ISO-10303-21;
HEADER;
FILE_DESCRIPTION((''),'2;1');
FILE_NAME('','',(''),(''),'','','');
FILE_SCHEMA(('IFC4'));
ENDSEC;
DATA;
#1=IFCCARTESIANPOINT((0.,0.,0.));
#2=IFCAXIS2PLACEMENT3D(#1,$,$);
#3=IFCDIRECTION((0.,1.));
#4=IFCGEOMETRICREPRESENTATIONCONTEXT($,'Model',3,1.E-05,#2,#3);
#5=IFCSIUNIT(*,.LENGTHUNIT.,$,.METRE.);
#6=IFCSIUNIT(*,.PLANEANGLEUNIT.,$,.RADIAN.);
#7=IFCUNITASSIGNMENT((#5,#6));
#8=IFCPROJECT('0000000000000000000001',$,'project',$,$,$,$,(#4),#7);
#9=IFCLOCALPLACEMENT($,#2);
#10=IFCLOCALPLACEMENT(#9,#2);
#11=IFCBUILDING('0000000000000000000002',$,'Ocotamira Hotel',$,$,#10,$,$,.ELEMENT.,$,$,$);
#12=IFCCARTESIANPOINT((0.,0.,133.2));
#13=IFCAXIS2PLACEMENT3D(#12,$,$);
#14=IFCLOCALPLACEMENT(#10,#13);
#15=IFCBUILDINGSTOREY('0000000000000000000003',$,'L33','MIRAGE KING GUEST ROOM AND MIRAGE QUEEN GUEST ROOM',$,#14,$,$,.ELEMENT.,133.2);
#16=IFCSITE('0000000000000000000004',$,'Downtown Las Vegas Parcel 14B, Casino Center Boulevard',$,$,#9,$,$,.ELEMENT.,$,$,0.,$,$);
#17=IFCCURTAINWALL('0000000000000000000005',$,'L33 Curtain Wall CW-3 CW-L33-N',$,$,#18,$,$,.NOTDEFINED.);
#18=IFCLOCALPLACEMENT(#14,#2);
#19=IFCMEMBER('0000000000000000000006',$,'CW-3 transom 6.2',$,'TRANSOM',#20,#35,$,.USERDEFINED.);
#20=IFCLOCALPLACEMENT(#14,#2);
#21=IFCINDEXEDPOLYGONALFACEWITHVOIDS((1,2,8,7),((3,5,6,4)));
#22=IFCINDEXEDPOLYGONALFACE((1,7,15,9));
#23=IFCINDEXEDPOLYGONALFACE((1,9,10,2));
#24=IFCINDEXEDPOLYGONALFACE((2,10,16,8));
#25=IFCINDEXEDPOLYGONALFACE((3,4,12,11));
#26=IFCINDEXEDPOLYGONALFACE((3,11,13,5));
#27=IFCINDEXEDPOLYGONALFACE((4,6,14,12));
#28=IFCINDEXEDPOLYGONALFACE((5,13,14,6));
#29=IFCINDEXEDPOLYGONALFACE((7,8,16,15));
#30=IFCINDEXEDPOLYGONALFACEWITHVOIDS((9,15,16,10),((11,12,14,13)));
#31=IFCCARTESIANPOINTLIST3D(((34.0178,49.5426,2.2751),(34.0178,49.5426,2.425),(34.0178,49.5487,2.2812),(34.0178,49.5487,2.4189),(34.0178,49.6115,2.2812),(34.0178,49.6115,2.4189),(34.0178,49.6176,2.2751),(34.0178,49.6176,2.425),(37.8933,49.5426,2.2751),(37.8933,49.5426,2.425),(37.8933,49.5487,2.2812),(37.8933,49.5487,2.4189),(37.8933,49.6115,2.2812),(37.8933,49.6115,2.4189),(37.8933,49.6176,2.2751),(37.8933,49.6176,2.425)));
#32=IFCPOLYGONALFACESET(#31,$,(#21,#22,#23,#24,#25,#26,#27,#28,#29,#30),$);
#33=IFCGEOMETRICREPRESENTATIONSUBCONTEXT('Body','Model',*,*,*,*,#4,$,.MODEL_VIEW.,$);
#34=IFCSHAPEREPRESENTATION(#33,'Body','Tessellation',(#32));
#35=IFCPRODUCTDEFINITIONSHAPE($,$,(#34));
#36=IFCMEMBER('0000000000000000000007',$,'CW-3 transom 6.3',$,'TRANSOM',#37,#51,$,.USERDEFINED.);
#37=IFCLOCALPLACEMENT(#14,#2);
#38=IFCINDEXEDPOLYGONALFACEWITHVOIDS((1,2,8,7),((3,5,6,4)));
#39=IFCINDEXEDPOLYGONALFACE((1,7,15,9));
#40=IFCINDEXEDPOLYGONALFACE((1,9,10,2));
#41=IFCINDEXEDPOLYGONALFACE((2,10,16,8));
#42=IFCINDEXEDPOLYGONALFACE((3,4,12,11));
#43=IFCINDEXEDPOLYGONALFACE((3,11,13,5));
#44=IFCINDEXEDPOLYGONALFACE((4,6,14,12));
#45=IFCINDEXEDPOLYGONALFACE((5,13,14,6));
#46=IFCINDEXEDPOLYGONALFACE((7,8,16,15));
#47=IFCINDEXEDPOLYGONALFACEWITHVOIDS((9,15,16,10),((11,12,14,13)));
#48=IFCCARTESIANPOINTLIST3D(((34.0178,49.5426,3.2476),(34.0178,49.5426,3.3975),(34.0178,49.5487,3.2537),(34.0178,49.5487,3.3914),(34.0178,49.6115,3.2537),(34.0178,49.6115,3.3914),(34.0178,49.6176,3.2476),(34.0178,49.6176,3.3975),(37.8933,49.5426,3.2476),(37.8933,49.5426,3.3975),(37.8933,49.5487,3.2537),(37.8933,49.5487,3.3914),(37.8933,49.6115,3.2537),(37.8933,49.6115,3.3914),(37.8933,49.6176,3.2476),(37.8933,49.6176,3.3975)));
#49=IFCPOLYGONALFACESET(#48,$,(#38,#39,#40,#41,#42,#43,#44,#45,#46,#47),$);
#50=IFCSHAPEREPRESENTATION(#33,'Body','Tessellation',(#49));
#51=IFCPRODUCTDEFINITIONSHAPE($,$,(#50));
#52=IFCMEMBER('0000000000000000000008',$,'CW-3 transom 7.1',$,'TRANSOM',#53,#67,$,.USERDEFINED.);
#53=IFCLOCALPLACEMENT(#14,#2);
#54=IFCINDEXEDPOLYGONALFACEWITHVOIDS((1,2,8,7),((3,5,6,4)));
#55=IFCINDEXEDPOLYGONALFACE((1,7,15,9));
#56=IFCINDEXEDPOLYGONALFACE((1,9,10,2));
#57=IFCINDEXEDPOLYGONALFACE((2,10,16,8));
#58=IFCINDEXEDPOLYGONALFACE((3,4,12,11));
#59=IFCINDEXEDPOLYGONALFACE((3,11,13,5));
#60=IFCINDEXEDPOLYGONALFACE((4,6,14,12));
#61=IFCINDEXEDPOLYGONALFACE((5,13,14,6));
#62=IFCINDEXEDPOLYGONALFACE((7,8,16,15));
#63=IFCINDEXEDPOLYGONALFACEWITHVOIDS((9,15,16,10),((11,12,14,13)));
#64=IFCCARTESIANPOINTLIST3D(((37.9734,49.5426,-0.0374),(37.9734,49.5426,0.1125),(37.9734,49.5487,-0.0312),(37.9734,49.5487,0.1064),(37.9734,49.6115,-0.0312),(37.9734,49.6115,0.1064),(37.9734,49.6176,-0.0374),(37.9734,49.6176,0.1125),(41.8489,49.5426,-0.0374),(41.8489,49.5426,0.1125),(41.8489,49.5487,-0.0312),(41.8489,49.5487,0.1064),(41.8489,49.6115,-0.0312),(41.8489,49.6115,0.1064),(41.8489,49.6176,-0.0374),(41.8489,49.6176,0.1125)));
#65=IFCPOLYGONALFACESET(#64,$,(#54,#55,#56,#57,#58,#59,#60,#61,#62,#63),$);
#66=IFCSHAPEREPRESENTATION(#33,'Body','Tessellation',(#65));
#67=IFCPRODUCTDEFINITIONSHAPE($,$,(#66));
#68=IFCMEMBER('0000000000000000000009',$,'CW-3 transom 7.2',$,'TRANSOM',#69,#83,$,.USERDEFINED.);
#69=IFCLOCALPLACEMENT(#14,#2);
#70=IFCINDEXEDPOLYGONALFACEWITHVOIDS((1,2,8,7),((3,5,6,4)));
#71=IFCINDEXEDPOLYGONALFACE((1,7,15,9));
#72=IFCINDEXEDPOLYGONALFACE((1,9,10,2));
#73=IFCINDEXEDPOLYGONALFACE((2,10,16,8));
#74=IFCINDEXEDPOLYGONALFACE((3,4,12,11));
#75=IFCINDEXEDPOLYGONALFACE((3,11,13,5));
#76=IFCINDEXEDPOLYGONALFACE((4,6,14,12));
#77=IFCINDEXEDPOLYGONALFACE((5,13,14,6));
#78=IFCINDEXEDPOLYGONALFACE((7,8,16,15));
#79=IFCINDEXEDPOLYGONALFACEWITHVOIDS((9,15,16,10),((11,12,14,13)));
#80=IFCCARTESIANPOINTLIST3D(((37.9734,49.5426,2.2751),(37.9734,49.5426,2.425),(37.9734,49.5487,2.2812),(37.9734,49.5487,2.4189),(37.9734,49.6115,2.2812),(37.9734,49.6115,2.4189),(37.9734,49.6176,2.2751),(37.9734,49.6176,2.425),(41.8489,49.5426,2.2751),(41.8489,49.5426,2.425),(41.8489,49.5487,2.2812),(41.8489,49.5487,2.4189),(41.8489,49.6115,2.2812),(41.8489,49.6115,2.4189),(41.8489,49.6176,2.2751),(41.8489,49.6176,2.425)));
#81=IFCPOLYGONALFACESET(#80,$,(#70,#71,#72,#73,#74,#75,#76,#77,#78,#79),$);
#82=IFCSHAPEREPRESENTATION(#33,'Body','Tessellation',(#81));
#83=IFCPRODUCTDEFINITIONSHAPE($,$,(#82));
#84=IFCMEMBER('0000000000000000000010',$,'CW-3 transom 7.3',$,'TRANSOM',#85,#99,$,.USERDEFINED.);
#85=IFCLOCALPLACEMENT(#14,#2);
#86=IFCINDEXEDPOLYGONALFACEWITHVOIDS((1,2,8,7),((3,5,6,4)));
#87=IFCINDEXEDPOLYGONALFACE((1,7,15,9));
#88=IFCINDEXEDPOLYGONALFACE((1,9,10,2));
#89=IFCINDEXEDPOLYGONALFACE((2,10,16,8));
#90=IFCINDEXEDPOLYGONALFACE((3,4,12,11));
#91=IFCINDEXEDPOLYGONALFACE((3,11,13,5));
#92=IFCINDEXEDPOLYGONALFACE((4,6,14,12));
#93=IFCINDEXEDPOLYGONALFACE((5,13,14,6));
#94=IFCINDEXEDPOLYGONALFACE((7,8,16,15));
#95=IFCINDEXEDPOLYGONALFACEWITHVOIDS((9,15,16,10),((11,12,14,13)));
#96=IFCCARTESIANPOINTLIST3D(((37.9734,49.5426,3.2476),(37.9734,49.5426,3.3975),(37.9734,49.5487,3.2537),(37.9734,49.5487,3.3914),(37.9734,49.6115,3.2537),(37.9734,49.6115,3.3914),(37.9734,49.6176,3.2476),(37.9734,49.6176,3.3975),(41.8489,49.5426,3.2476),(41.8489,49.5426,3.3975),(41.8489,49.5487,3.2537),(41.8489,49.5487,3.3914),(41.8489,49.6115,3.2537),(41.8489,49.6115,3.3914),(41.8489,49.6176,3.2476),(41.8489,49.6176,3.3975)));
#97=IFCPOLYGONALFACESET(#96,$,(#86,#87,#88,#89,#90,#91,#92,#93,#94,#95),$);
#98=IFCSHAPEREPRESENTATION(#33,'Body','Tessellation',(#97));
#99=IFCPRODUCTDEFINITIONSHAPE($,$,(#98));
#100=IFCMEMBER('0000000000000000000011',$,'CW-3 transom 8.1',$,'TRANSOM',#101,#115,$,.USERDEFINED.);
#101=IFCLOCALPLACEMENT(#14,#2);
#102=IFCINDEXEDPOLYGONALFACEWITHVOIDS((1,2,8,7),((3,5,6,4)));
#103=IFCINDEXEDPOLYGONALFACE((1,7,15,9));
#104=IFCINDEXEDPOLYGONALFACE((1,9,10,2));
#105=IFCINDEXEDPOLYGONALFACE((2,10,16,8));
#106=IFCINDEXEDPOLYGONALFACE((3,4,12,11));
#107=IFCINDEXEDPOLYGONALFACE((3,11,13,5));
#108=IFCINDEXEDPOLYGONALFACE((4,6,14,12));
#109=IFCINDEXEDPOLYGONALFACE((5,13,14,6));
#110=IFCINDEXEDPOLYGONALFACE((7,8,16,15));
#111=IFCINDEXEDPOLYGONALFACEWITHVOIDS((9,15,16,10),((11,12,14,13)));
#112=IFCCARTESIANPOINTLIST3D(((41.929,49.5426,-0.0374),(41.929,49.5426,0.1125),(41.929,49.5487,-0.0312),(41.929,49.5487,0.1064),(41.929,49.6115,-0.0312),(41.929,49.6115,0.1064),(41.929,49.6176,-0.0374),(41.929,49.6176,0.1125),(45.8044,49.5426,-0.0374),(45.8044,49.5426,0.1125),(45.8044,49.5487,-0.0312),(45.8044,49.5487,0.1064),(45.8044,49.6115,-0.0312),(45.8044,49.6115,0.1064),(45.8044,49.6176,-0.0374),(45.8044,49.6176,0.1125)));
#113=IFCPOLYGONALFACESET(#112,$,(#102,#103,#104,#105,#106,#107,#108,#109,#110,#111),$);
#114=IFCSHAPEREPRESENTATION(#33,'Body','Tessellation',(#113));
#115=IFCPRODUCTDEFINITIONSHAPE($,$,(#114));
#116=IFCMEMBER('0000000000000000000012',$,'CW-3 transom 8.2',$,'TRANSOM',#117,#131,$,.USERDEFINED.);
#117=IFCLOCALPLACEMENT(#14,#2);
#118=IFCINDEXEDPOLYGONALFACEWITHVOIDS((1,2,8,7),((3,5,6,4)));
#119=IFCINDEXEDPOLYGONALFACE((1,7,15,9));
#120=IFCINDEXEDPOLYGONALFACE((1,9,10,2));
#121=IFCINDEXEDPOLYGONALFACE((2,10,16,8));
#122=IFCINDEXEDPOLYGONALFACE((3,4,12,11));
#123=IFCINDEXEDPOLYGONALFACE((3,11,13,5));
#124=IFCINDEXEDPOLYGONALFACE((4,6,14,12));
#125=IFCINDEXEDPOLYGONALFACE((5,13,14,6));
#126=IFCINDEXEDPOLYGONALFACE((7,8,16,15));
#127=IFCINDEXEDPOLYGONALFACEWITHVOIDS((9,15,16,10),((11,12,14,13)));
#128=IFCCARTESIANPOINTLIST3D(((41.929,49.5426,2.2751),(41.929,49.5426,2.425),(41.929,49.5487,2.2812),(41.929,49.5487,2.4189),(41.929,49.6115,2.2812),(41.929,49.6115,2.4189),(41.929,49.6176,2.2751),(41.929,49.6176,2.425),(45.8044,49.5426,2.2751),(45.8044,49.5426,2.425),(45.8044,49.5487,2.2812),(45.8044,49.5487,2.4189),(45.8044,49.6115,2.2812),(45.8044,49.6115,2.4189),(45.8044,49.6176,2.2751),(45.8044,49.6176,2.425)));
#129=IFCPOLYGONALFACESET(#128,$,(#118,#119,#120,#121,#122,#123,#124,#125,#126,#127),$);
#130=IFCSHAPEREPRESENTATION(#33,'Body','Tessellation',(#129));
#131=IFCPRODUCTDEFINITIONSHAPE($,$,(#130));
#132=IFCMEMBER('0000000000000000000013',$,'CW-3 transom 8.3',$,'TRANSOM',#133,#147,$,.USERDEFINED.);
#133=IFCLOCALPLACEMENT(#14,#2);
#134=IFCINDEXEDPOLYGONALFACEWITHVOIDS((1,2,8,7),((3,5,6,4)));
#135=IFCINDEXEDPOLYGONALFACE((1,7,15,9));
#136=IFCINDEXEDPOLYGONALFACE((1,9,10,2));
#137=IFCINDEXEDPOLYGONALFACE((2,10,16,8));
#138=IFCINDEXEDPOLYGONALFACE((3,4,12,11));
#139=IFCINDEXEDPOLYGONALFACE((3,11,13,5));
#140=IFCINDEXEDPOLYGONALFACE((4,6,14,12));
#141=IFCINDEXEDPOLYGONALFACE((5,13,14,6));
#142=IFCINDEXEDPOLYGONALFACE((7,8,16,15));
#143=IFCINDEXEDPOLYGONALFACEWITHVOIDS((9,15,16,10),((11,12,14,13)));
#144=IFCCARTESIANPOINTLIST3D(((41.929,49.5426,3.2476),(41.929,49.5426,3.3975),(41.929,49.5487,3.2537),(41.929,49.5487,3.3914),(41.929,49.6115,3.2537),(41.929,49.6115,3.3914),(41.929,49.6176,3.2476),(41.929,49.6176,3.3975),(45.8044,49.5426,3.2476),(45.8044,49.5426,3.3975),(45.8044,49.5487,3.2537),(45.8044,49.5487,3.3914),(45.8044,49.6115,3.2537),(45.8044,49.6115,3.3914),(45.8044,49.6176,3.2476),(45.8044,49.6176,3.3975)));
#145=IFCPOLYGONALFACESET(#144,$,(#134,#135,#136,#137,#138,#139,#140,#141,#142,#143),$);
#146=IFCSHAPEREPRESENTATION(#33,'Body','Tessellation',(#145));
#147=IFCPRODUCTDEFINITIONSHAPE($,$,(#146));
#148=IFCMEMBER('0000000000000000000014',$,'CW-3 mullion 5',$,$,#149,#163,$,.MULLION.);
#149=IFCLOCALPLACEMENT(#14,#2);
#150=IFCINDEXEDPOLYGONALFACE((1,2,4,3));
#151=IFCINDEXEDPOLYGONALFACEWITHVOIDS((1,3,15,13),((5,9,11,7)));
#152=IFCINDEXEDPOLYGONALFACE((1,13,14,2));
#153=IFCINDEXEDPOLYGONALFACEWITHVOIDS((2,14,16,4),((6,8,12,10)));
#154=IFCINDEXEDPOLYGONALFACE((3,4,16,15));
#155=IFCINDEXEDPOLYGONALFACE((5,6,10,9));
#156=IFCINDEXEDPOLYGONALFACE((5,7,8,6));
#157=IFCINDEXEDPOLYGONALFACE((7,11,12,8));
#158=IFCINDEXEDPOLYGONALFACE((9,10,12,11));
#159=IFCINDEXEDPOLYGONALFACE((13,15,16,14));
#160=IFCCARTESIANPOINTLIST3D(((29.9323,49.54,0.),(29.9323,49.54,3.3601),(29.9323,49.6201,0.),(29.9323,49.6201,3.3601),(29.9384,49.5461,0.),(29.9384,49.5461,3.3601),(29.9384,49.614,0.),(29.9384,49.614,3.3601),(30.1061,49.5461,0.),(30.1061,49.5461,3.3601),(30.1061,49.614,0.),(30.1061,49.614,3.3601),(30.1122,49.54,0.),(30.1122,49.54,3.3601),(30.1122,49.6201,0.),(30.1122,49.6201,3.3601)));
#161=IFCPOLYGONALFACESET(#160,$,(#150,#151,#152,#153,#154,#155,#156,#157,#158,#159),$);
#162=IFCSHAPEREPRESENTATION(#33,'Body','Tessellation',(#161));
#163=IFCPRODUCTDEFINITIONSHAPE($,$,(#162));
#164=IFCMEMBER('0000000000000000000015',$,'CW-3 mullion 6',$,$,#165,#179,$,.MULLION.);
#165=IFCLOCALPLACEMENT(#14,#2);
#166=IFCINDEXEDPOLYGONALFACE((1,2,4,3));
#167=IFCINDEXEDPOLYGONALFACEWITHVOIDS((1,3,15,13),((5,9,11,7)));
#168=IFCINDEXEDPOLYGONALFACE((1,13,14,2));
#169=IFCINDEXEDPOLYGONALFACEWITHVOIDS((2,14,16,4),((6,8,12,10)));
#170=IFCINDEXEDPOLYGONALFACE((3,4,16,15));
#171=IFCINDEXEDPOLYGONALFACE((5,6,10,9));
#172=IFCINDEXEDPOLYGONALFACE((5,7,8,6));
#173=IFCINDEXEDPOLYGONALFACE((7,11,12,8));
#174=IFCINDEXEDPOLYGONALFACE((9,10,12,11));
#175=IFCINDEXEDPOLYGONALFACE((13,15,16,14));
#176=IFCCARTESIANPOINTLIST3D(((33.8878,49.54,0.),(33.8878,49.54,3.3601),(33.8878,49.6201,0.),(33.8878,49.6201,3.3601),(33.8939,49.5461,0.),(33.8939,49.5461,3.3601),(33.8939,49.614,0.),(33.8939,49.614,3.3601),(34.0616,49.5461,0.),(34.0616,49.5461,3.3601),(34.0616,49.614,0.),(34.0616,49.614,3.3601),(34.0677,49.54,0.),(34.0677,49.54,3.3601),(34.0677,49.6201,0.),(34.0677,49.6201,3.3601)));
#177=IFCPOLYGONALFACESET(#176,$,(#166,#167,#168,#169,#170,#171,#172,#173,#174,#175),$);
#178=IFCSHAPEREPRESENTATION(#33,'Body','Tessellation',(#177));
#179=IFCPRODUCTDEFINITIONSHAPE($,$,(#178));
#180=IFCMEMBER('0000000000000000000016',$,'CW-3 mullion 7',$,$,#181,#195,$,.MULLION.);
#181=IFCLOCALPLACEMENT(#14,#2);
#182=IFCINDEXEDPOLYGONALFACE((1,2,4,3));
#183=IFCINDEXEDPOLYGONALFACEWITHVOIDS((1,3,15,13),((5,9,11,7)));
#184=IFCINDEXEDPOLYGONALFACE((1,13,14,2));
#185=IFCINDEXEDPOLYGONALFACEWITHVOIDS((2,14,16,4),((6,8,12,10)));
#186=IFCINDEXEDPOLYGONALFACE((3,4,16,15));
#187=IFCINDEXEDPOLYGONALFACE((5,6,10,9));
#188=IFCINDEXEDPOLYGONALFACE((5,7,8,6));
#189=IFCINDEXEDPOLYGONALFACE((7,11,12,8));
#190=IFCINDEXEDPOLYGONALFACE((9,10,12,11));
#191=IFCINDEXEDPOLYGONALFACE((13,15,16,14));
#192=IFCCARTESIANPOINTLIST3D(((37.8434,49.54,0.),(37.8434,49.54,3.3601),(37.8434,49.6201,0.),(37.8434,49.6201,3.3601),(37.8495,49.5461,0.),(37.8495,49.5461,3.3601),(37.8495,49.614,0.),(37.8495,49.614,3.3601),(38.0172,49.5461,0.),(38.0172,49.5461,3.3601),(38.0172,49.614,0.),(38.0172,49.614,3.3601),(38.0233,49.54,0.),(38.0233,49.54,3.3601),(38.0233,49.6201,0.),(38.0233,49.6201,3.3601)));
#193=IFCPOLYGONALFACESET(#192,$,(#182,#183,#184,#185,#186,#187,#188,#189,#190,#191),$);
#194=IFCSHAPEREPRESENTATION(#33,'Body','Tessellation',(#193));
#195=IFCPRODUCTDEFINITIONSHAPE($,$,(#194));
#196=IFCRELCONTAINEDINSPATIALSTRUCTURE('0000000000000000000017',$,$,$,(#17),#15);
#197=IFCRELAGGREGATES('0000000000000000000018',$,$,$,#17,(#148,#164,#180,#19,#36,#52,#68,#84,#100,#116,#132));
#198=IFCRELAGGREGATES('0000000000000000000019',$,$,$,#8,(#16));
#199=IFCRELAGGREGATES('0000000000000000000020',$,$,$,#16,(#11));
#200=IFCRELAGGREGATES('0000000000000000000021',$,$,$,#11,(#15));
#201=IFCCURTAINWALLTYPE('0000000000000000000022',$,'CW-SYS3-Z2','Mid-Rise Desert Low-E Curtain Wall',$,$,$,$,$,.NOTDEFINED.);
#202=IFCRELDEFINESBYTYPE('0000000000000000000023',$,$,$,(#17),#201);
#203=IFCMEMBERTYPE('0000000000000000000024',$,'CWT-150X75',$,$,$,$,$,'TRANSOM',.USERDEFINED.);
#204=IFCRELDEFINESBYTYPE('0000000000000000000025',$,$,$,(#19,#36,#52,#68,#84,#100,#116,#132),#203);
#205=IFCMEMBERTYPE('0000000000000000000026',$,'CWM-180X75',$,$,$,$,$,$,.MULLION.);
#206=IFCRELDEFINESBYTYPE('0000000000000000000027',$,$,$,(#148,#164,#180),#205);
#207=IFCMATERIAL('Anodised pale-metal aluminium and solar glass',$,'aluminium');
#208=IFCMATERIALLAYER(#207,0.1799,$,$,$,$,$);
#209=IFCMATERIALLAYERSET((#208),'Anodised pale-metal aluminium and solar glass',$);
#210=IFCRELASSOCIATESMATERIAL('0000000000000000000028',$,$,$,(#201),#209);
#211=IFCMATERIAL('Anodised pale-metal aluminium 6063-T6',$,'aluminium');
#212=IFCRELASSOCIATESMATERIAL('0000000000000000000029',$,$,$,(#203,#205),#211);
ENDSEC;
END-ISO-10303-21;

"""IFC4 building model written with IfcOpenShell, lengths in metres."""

from ifc_helpers import new_model, si_unit, direction, frame, origin, origin_2d, place, context, subcontext, project, spatial, hollow_rectangle, extrude, source, transform, mapped, material, layer, layer_set, material_profile, profile_set, type_object, element, aggregate, save


model = new_model("IFC4")

# Units and contexts
model_context = context("Model", 3, precision=1e-05, world=origin(), true_north=direction((0.0, 1.0)))
body_context = subcontext(model_context, "Body", "Model", "MODEL_VIEW")
ifc_project = project(units=[si_unit("LENGTHUNIT", "METRE"), si_unit("PLANEANGLEUNIT", "RADIAN")], contexts=[model_context])

# Site, building, storey
site_placement = place(None, origin())
site = spatial("IfcSite", under=ifc_project, at=site_placement, Name="Downtown Las Vegas Parcel 14B, Casino Center Boulevard", CompositionType="ELEMENT", RefElevation=0.0)
building_placement = place(site_placement, origin())
building = spatial("IfcBuilding", under=site, at=building_placement, Name="Ocotamira Hotel", CompositionType="ELEMENT")
storey_placement = place(building_placement, frame((0.0, 0.0, 133.2)))
storey = spatial("IfcBuildingStorey", under=building, at=storey_placement, Name="L33", Description="MIRAGE KING GUEST ROOM AND MIRAGE QUEEN GUEST ROOM", CompositionType="ELEMENT", Elevation=133.2)

# Curtain wall, members
ifc_material_1 = material(Name="Anodised pale-metal aluminium and solar glass", Category="aluminium")
ifc_layer_1 = layer(ifc_material_1, 0.1799)
ifc_layer_set_1 = layer_set([ifc_layer_1], Name="Anodised pale-metal aluminium and solar glass")
curtain_wall_type = type_object("IfcCurtainWallType", Name="CW-SYS3-Z2", Description="Mid-Rise Desert Low-E Curtain Wall", PredefinedType="NOTDEFINED", material=ifc_layer_set_1)
curtain_wall_placement = place(storey_placement, origin())
curtain_wall = element("IfcCurtainWall", 1, at=curtain_wall_placement, inside=storey, type_object=curtain_wall_type, Name="L33 Curtain Wall CW-3 CW-L33-N", PredefinedType="NOTDEFINED")
ifc_material_2 = material(Name="Anodised pale-metal aluminium 6063-T6", Category="aluminium")
ifc_material_profile_1 = material_profile(ifc_material_2, hollow_rectangle(XDim=0.075, YDim=0.1499, WallThickness=0.0061, at=origin_2d()), Name="HSS150X75X6")
ifc_profile_set_1 = profile_set([ifc_material_profile_1], Name="Anodised pale-metal aluminium 6063-T6")
member_type_1 = type_object("IfcMemberType", Name="CWT-150X75", ElementType="TRANSOM", PredefinedType="USERDEFINED", material=ifc_profile_set_1)
shared_shape_1 = source(origin(), body_context, "Body", "SweptSolid", [
    extrude(hollow_rectangle(XDim=0.075, YDim=0.1499, WallThickness=0.0061, at=origin_2d()), origin(), (0.0, 0.0, 1.0), 3.8755),
])
member_1_placement = place(storey_placement, frame((34.0178, 49.5801, 2.3501), z_axis=(1.0, 0.0, 0.0), x_axis=(0.0, 1.0, 0.0)))
member_1 = element("IfcMember", 2, at=member_1_placement, type_object=member_type_1, Name="CW-3 transom 6.2", ObjectType="TRANSOM", PredefinedType="USERDEFINED", context=body_context, shape_type="MappedRepresentation", body=[
    mapped(shared_shape_1, transform((0.0, 0.0, 0.0), scale=1.0)),
])
member_2_placement = place(storey_placement, frame((34.0178, 49.5801, 3.3225), z_axis=(1.0, 0.0, 0.0), x_axis=(0.0, 1.0, 0.0)))
member_2 = element("IfcMember", 3, at=member_2_placement, type_object=member_type_1, Name="CW-3 transom 6.3", ObjectType="TRANSOM", PredefinedType="USERDEFINED", context=body_context, shape_type="MappedRepresentation", body=[
    mapped(shared_shape_1, transform((0.0, 0.0, 0.0), scale=1.0)),
])
member_3_placement = place(storey_placement, frame((37.9734, 49.5801, 0.0376), z_axis=(1.0, 0.0, 0.0), x_axis=(0.0, 1.0, 0.0)))
member_3 = element("IfcMember", 4, at=member_3_placement, type_object=member_type_1, Name="CW-3 transom 7.1", ObjectType="TRANSOM", PredefinedType="USERDEFINED", context=body_context, shape_type="MappedRepresentation", body=[
    mapped(shared_shape_1, transform((0.0, 0.0, 0.0), scale=1.0)),
])
member_4_placement = place(storey_placement, frame((37.9734, 49.5801, 2.3501), z_axis=(1.0, 0.0, 0.0), x_axis=(0.0, 1.0, 0.0)))
member_4 = element("IfcMember", 5, at=member_4_placement, type_object=member_type_1, Name="CW-3 transom 7.2", ObjectType="TRANSOM", PredefinedType="USERDEFINED", context=body_context, shape_type="MappedRepresentation", body=[
    mapped(shared_shape_1, transform((0.0, 0.0, 0.0), scale=1.0)),
])
member_5_placement = place(storey_placement, frame((37.9734, 49.5801, 3.3225), z_axis=(1.0, 0.0, 0.0), x_axis=(0.0, 1.0, 0.0)))
member_5 = element("IfcMember", 6, at=member_5_placement, type_object=member_type_1, Name="CW-3 transom 7.3", ObjectType="TRANSOM", PredefinedType="USERDEFINED", context=body_context, shape_type="MappedRepresentation", body=[
    mapped(shared_shape_1, transform((0.0, 0.0, 0.0), scale=1.0)),
])
member_6_placement = place(storey_placement, frame((41.929, 49.5801, 0.0376), z_axis=(1.0, 0.0, 0.0), x_axis=(0.0, 1.0, 0.0)))
member_6 = element("IfcMember", 7, at=member_6_placement, type_object=member_type_1, Name="CW-3 transom 8.1", ObjectType="TRANSOM", PredefinedType="USERDEFINED", context=body_context, shape_type="MappedRepresentation", body=[
    mapped(shared_shape_1, transform((0.0, 0.0, 0.0), scale=1.0)),
])
member_7_placement = place(storey_placement, frame((41.929, 49.5801, 2.3501), z_axis=(1.0, 0.0, 0.0), x_axis=(0.0, 1.0, 0.0)))
member_7 = element("IfcMember", 8, at=member_7_placement, type_object=member_type_1, Name="CW-3 transom 8.2", ObjectType="TRANSOM", PredefinedType="USERDEFINED", context=body_context, shape_type="MappedRepresentation", body=[
    mapped(shared_shape_1, transform((0.0, 0.0, 0.0), scale=1.0)),
])
member_8_placement = place(storey_placement, frame((41.929, 49.5801, 3.3225), z_axis=(1.0, 0.0, 0.0), x_axis=(0.0, 1.0, 0.0)))
member_8 = element("IfcMember", 9, at=member_8_placement, type_object=member_type_1, Name="CW-3 transom 8.3", ObjectType="TRANSOM", PredefinedType="USERDEFINED", context=body_context, shape_type="MappedRepresentation", body=[
    mapped(shared_shape_1, transform((0.0, 0.0, 0.0), scale=1.0)),
])
ifc_material_profile_2 = material_profile(ifc_material_2, hollow_rectangle(XDim=0.0801, YDim=0.1799, WallThickness=0.0061, at=origin_2d()), Name="HSS180X80X6")
ifc_profile_set_2 = profile_set([ifc_material_profile_2], Name="Anodised pale-metal aluminium 6063-T6")
member_type_2 = type_object("IfcMemberType", Name="CWM-180X75", PredefinedType="MULLION", material=ifc_profile_set_2)
shared_shape_2 = source(origin(), body_context, "Body", "SweptSolid", [
    extrude(hollow_rectangle(XDim=0.0801, YDim=0.1799, WallThickness=0.0061, at=origin_2d()), origin(), (0.0, 0.0, 1.0), 3.3601),
])
member_9_placement = place(storey_placement, frame((30.0222, 49.5801, 0.0), z_axis=(0.0, 0.0, 1.0), x_axis=(0.0, 1.0, 0.0)))
member_9 = element("IfcMember", 10, at=member_9_placement, type_object=member_type_2, Name="CW-3 mullion 5", PredefinedType="MULLION", context=body_context, shape_type="MappedRepresentation", body=[
    mapped(shared_shape_2, transform((0.0, 0.0, 0.0), scale=1.0)),
])
member_10_placement = place(storey_placement, frame((33.9778, 49.5801, 0.0), z_axis=(0.0, 0.0, 1.0), x_axis=(0.0, 1.0, 0.0)))
member_10 = element("IfcMember", 11, at=member_10_placement, type_object=member_type_2, Name="CW-3 mullion 6", PredefinedType="MULLION", context=body_context, shape_type="MappedRepresentation", body=[
    mapped(shared_shape_2, transform((0.0, 0.0, 0.0), scale=1.0)),
])
member_11_placement = place(storey_placement, frame((37.9333, 49.5801, 0.0), z_axis=(0.0, 0.0, 1.0), x_axis=(0.0, 1.0, 0.0)))
member_11 = element("IfcMember", 12, at=member_11_placement, type_object=member_type_2, Name="CW-3 mullion 7", PredefinedType="MULLION", context=body_context, shape_type="MappedRepresentation", body=[
    mapped(shared_shape_2, transform((0.0, 0.0, 0.0), scale=1.0)),
])

aggregate(curtain_wall, [member_9, member_10, member_11, member_1, member_2, member_3, member_4, member_5, member_6, member_7, member_8])

save(model, "model.ifc")
